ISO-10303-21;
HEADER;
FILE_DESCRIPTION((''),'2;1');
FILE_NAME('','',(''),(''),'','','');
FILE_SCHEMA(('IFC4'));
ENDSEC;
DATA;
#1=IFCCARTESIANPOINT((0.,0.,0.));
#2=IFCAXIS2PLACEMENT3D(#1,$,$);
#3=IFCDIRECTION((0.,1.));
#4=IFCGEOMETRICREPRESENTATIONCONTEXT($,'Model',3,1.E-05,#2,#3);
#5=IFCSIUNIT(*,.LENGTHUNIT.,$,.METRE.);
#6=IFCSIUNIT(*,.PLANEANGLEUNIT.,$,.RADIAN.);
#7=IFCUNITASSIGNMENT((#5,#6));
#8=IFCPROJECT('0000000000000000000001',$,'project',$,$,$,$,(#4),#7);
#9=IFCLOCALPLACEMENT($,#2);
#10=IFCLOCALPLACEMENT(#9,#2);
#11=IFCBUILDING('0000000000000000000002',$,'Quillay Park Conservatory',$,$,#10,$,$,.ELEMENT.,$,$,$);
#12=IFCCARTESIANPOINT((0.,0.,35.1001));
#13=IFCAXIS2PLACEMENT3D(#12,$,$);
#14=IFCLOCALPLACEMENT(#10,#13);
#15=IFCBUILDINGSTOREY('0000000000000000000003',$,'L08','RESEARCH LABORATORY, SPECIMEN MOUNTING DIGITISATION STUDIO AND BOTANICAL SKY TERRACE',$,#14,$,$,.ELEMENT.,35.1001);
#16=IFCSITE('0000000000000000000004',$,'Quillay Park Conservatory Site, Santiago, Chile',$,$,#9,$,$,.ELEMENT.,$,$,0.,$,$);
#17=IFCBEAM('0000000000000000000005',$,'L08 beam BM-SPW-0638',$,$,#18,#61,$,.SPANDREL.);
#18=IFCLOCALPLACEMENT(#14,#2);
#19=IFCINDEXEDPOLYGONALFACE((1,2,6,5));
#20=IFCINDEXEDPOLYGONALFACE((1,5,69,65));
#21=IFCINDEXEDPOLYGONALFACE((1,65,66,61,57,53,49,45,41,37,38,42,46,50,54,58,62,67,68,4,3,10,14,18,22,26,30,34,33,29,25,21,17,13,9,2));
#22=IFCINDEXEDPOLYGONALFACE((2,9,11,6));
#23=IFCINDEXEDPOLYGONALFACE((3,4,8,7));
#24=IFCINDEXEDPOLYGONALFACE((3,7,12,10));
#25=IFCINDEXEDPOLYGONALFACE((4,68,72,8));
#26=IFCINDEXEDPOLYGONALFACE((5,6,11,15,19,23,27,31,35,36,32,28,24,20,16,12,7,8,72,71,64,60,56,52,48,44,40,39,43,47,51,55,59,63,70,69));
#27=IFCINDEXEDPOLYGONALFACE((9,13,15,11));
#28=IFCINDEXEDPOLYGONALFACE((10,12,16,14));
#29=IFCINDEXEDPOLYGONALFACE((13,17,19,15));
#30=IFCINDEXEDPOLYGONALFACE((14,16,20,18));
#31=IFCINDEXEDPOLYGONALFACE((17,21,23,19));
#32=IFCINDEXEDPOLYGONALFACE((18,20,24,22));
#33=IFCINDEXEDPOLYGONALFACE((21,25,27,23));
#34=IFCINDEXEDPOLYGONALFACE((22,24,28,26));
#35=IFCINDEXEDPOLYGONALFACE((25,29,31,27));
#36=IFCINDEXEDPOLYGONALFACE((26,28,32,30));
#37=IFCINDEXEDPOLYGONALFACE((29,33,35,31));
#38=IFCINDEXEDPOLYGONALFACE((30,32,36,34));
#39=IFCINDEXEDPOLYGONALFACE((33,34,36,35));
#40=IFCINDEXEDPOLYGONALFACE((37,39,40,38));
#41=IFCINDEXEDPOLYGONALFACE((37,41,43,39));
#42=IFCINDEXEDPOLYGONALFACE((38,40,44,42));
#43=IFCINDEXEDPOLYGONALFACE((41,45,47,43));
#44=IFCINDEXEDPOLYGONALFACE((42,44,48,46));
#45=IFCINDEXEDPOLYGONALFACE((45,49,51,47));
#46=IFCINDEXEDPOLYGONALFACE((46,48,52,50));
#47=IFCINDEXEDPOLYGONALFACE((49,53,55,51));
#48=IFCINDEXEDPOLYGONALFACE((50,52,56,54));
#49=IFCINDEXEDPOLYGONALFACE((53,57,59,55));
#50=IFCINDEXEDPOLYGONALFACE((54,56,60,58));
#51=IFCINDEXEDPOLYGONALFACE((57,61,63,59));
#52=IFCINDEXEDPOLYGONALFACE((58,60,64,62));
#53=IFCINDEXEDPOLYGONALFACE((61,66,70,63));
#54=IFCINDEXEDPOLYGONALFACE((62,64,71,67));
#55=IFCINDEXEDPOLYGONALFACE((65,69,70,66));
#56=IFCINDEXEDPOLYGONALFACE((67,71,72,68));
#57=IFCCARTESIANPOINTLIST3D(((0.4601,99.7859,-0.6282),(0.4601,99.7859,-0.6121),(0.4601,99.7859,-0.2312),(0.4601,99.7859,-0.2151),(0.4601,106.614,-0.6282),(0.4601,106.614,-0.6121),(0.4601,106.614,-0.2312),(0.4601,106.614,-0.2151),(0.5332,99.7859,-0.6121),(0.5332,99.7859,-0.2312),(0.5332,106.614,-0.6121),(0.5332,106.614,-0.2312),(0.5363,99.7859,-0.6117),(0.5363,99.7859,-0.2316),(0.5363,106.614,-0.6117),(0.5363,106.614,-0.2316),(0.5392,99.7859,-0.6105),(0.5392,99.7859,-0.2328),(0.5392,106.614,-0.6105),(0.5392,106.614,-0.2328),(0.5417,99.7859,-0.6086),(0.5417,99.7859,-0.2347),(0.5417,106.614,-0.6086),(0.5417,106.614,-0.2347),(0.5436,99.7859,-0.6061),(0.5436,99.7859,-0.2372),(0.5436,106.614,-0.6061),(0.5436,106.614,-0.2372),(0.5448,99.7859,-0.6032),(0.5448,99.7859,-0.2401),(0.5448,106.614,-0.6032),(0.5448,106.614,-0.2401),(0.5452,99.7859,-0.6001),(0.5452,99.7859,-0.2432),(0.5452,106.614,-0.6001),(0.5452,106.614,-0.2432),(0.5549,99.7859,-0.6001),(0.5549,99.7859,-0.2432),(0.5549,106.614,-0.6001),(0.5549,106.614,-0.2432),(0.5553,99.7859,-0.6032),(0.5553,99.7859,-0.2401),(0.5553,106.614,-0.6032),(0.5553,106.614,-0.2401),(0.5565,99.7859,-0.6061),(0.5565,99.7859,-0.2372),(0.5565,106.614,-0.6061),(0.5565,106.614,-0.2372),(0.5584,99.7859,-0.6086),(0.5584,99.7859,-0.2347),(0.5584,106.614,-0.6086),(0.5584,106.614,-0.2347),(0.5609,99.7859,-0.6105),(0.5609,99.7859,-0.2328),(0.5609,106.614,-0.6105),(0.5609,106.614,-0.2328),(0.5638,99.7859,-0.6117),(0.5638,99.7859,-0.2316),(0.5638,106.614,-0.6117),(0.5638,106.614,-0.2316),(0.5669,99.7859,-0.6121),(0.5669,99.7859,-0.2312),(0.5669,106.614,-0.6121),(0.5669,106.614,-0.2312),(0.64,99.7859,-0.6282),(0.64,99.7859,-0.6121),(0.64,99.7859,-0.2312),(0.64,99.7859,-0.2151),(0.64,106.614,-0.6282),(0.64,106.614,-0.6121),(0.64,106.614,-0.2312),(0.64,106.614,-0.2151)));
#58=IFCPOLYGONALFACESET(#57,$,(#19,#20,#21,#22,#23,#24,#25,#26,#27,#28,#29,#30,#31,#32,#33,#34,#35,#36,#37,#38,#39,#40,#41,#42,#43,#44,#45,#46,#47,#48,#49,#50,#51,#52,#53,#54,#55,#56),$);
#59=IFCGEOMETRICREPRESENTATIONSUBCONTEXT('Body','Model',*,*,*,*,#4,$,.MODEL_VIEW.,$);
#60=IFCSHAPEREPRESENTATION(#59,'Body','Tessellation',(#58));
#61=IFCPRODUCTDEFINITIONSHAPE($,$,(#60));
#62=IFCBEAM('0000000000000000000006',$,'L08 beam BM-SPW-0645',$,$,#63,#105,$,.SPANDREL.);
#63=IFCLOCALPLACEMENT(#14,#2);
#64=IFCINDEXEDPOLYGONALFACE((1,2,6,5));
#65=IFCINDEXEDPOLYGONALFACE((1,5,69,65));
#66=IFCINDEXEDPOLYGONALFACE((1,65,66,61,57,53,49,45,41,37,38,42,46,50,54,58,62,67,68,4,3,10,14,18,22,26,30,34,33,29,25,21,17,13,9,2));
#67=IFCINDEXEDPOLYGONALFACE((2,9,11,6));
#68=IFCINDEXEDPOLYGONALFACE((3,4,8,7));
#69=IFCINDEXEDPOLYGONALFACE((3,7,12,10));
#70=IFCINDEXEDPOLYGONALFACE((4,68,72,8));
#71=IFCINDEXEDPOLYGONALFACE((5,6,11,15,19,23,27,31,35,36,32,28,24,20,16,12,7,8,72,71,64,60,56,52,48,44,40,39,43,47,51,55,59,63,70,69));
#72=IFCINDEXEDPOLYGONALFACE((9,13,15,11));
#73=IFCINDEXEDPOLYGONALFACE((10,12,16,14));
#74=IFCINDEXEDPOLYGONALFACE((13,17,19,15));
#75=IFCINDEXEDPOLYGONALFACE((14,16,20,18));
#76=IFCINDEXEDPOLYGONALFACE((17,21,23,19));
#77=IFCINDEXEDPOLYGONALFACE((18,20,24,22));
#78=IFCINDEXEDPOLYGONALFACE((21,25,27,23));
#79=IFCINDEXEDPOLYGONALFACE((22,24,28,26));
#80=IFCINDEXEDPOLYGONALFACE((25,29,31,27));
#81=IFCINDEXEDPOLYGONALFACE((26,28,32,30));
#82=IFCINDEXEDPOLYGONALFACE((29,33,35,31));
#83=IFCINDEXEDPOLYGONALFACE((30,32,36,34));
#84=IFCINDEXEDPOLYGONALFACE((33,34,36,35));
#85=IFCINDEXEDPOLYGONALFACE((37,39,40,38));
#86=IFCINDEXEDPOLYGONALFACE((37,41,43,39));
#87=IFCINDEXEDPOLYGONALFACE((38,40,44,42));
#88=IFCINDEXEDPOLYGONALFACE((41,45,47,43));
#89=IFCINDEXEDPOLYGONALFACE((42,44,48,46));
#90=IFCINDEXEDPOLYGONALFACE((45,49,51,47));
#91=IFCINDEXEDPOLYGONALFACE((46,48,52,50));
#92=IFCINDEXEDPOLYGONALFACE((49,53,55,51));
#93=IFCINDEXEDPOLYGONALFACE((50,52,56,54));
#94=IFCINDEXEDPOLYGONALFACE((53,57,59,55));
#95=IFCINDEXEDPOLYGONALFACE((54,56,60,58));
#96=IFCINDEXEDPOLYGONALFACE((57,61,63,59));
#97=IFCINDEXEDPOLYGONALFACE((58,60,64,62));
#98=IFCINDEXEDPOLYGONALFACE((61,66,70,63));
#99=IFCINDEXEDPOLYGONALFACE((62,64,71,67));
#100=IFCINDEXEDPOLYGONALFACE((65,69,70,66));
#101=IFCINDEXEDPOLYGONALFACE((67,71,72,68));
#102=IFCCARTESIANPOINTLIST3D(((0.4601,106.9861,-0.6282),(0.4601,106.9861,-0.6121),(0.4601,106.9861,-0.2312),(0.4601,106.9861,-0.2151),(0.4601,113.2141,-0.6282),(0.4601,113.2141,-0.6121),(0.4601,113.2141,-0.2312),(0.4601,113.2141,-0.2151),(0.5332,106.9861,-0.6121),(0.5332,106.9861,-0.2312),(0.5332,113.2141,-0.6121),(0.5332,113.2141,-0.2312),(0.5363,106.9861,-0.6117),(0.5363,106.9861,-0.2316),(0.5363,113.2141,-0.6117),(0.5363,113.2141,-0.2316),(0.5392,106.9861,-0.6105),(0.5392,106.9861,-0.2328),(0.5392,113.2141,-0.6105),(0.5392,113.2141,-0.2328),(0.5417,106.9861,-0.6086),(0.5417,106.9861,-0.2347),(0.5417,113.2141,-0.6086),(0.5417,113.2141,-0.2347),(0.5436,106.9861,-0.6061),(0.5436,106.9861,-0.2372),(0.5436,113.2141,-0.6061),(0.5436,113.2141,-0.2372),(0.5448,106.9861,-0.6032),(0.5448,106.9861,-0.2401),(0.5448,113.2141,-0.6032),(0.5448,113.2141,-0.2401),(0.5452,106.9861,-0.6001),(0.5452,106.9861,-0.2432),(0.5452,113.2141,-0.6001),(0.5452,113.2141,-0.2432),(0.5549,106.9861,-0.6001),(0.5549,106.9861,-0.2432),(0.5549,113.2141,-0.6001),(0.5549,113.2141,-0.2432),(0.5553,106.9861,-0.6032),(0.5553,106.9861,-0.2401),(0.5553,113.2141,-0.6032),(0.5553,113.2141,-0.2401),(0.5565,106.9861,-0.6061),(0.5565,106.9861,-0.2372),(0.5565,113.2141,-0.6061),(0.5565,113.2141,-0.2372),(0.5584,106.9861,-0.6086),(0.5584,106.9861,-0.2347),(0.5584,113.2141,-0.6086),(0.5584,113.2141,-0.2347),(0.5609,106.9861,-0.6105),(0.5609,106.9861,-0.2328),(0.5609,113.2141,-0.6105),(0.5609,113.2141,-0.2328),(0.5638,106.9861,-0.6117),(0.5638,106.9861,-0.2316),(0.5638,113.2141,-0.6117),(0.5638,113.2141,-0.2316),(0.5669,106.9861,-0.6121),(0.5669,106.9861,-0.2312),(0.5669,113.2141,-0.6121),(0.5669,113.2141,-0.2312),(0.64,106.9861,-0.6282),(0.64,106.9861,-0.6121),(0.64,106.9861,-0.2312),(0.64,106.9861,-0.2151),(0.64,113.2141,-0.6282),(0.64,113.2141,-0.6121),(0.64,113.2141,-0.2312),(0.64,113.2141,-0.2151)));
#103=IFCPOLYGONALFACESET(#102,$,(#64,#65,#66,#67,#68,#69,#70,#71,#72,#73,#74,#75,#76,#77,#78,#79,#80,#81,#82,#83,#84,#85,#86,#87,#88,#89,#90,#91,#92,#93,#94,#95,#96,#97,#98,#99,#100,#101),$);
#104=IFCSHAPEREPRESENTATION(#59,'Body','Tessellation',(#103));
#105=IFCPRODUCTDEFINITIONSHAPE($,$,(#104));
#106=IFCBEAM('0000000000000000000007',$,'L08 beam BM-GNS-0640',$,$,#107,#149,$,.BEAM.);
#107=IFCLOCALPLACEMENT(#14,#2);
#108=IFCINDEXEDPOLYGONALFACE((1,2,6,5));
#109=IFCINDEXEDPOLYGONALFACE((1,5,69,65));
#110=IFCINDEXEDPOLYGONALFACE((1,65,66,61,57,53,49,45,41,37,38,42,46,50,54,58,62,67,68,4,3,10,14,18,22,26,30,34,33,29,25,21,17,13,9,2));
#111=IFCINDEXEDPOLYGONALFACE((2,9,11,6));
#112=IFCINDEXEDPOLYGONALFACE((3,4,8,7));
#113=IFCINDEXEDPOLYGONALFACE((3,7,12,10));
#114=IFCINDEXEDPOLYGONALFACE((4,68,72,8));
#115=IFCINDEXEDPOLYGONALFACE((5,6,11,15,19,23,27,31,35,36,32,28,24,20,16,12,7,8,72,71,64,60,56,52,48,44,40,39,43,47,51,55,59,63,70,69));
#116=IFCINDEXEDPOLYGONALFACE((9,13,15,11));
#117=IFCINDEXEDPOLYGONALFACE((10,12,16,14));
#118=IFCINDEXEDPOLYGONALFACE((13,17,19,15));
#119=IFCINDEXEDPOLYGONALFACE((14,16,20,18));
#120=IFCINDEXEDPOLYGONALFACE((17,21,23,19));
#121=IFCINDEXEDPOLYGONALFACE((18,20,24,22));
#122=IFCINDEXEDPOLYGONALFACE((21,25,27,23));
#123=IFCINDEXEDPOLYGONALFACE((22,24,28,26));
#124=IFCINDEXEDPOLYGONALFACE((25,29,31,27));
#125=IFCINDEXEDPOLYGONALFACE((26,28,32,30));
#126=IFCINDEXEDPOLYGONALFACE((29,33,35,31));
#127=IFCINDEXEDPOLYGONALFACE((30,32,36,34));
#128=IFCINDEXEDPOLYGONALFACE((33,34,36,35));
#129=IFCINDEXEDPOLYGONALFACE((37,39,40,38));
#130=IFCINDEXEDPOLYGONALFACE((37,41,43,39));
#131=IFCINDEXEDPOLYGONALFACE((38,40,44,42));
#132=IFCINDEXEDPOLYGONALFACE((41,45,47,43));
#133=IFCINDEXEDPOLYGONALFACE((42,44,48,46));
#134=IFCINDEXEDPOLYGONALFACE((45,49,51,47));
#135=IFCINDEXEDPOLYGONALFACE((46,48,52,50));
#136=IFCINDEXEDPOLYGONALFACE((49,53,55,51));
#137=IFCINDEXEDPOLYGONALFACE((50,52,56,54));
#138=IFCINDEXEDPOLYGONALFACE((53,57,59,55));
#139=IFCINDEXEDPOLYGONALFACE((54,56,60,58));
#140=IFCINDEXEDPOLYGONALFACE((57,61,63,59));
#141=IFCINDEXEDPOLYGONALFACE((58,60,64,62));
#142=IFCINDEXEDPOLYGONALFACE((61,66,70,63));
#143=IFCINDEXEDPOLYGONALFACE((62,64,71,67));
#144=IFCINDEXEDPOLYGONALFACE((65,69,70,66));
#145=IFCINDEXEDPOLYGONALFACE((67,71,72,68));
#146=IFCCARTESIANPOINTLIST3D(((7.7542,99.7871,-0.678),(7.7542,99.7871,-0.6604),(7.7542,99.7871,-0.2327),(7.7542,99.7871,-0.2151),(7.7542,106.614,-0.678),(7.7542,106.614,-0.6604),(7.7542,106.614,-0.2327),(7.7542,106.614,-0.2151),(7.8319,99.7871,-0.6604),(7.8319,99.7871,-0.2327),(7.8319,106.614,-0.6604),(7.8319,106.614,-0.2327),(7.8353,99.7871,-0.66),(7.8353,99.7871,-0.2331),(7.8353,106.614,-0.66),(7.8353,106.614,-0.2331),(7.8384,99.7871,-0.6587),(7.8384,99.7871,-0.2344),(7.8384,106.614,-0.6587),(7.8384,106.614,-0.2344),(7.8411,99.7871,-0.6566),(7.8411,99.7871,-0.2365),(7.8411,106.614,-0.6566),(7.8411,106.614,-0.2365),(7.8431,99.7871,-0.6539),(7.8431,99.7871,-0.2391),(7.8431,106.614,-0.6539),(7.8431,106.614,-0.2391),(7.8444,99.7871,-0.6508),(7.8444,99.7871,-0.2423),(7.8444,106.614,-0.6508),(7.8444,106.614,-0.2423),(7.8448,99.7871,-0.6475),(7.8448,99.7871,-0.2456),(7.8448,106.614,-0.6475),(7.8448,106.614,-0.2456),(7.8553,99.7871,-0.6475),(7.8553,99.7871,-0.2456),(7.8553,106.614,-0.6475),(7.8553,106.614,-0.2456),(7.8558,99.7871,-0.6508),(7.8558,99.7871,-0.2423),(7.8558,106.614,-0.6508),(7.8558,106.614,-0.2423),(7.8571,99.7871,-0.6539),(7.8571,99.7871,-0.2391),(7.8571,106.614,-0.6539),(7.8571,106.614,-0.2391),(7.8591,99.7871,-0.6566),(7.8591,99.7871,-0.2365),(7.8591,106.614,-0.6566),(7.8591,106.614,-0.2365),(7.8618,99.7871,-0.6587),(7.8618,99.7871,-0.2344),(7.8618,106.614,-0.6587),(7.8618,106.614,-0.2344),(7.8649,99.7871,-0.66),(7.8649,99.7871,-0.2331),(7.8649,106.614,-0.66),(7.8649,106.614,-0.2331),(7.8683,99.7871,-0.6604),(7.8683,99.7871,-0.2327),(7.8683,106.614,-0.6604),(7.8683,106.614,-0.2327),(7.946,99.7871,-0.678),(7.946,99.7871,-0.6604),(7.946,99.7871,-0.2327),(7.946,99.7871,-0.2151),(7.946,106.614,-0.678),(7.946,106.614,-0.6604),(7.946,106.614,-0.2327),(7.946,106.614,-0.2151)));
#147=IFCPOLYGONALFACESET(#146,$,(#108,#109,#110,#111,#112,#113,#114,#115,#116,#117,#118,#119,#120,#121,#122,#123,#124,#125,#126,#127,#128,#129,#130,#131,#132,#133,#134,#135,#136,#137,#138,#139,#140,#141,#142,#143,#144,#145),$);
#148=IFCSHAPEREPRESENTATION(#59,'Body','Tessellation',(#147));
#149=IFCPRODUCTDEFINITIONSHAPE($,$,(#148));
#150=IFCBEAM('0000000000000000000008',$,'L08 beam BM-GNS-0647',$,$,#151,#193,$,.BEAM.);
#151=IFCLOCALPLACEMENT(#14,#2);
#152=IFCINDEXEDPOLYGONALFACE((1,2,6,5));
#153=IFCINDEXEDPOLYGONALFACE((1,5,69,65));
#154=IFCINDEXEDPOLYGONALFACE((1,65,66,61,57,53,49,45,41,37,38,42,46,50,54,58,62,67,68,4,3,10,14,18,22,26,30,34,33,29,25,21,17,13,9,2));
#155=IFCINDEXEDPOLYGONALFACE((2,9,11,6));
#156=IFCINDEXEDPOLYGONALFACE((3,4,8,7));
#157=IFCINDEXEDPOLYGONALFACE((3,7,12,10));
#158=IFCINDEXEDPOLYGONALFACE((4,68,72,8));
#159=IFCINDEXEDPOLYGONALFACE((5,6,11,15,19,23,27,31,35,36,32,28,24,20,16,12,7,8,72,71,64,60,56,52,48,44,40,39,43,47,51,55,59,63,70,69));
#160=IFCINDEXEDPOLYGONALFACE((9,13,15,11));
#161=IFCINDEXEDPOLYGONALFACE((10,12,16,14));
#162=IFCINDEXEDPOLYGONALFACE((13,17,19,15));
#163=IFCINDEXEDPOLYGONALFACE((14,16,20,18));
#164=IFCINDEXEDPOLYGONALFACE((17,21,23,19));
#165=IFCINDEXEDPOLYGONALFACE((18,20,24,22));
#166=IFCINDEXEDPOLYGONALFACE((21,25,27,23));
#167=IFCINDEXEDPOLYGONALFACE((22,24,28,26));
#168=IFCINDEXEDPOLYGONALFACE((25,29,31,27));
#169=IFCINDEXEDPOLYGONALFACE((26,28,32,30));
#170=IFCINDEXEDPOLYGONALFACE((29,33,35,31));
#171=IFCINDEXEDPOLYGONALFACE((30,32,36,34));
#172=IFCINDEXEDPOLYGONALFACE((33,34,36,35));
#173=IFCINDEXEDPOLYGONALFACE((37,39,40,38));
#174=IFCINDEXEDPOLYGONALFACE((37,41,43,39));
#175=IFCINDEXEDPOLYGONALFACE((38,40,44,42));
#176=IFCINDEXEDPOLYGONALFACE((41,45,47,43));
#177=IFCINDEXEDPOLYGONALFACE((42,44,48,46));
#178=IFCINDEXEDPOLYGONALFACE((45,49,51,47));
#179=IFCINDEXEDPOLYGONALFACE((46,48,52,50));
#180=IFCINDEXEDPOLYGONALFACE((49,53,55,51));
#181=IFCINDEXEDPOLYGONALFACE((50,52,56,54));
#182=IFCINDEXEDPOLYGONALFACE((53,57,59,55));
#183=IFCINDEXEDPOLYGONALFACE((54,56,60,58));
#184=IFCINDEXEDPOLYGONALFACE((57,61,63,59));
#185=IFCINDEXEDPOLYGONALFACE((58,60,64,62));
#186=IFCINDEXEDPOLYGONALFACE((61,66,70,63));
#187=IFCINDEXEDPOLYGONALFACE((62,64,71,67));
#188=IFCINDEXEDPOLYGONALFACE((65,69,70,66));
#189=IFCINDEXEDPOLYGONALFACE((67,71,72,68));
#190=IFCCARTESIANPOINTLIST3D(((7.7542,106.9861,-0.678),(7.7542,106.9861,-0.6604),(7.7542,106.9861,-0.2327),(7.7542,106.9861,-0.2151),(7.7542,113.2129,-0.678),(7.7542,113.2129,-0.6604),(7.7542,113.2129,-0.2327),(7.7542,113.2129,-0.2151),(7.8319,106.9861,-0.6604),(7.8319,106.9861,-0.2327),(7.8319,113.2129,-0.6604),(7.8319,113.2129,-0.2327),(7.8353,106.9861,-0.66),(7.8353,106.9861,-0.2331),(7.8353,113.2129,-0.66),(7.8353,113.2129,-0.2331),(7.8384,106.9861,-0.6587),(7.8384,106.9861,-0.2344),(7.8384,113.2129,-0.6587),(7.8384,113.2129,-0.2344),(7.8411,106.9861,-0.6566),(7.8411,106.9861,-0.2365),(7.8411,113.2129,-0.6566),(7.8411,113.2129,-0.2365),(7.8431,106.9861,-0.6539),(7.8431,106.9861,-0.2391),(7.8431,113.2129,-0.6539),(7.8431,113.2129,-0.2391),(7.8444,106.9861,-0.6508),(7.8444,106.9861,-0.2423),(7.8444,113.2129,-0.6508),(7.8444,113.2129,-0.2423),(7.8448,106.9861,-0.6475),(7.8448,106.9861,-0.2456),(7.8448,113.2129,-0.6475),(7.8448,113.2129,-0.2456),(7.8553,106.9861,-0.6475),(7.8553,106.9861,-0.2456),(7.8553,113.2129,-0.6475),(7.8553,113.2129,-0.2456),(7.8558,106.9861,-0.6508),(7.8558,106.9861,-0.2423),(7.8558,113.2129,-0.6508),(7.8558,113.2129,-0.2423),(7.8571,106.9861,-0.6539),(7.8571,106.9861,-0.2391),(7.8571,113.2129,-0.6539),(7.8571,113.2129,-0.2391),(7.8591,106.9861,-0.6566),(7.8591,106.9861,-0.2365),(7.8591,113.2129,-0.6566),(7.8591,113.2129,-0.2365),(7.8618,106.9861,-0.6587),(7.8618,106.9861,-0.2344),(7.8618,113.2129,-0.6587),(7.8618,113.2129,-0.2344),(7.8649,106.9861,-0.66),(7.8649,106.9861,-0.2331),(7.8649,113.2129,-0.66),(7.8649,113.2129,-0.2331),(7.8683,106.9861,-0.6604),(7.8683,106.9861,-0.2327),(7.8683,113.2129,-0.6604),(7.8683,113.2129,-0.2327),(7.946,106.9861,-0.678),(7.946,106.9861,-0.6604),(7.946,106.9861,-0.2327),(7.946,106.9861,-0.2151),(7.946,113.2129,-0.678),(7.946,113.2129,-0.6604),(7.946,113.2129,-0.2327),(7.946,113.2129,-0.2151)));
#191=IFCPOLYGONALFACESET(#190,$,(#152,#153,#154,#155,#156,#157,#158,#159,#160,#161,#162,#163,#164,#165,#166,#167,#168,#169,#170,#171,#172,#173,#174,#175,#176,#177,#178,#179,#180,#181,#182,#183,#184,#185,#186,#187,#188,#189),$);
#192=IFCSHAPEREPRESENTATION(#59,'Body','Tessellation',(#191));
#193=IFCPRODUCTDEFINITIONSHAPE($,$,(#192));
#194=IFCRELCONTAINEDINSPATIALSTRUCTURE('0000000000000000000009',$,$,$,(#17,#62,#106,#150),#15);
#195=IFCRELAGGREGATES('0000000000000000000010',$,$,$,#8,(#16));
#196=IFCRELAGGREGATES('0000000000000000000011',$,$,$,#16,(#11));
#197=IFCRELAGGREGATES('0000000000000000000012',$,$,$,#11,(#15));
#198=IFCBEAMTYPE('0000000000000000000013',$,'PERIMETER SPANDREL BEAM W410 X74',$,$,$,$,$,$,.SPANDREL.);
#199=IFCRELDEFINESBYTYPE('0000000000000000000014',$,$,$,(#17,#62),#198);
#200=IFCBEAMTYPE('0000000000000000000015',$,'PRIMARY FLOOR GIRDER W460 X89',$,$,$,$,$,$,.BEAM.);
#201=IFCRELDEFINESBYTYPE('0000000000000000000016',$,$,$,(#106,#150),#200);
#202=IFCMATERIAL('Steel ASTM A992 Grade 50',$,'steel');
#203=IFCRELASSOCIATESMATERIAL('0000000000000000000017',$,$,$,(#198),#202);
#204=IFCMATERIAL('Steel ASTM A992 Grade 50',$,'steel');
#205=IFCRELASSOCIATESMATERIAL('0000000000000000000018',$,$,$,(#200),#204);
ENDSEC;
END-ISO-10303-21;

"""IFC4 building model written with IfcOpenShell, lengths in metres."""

from ifc_helpers import new_model, si_unit, direction, frame, origin, origin_2d, place, context, subcontext, project, spatial, i_section, extrude, material, material_profile, profile_set, type_object, element, save


model = new_model("IFC4")

# Units and contexts
model_context = context("Model", 3, precision=1e-05, world=origin(), true_north=direction((0.0, 1.0)))
body_context = subcontext(model_context, "Body", "Model", "MODEL_VIEW")
ifc_project = project(units=[si_unit("LENGTHUNIT", "METRE"), si_unit("PLANEANGLEUNIT", "RADIAN")], contexts=[model_context])

# Site, building, storey
site_placement = place(None, origin())
site = spatial("IfcSite", under=ifc_project, at=site_placement, Name="Quillay Park Conservatory Site, Santiago, Chile", CompositionType="ELEMENT", RefElevation=0.0)
building_placement = place(site_placement, origin())
building = spatial("IfcBuilding", under=site, at=building_placement, Name="Quillay Park Conservatory", CompositionType="ELEMENT")
storey_placement = place(building_placement, frame((0.0, 0.0, 35.1001)))
storey = spatial("IfcBuildingStorey", under=building, at=storey_placement, Name="L08", Description="RESEARCH LABORATORY, SPECIMEN MOUNTING DIGITISATION STUDIO AND BOTANICAL SKY TERRACE", CompositionType="ELEMENT", Elevation=35.1001)

# Beams
ifc_material_1 = material(Name="Steel ASTM A992 Grade 50", Category="steel")
ifc_material_profile_1 = material_profile(ifc_material_1, i_section(OverallWidth=0.1799, OverallDepth=0.4131, WebThickness=0.0098, FlangeThickness=0.0161, FilletRadius=0.012, at=origin_2d()), Name="W410x74")
ifc_profile_set_1 = profile_set([ifc_material_profile_1], Name="Steel ASTM A992 Grade 50")
beam_type_1 = type_object("IfcBeamType", Name="PERIMETER SPANDREL BEAM W410 X74", PredefinedType="SPANDREL", material=ifc_profile_set_1)
beam_1_placement = place(storey_placement, frame((0.55, 99.7859, -0.4216), z_axis=(0.0, 1.0, 0.0), x_axis=(-1.0, 0.0, 0.0)))
element("IfcBeam", 1, at=beam_1_placement, inside=storey, type_object=beam_type_1, Name="L08 beam BM-SPW-0638", PredefinedType="SPANDREL", context=body_context, shape_type="SweptSolid", body=[
    extrude(i_section(OverallWidth=0.1799, OverallDepth=0.4131, WebThickness=0.0098, FlangeThickness=0.0161, FilletRadius=0.012, at=origin_2d()), origin(), (0.0, 0.0, 1.0), 6.8281),
])
beam_2_placement = place(storey_placement, frame((0.55, 106.9861, -0.4216), z_axis=(0.0, 1.0, 0.0), x_axis=(-1.0, 0.0, 0.0)))
element("IfcBeam", 2, at=beam_2_placement, inside=storey, type_object=beam_type_1, Name="L08 beam BM-SPW-0645", PredefinedType="SPANDREL", context=body_context, shape_type="SweptSolid", body=[
    extrude(i_section(OverallWidth=0.1799, OverallDepth=0.4131, WebThickness=0.0098, FlangeThickness=0.0161, FilletRadius=0.012, at=origin_2d()), origin(), (0.0, 0.0, 1.0), 6.228),
])
ifc_material_2 = material(Name="Steel ASTM A992 Grade 50", Category="steel")
ifc_material_profile_2 = material_profile(ifc_material_2, i_section(OverallWidth=0.1919, OverallDepth=0.4629, WebThickness=0.0105, FlangeThickness=0.0176, FilletRadius=0.0129, at=origin_2d()), Name="W460x89")
ifc_profile_set_2 = profile_set([ifc_material_profile_2], Name="Steel ASTM A992 Grade 50")
beam_type_2 = type_object("IfcBeamType", Name="PRIMARY FLOOR GIRDER W460 X89", PredefinedType="BEAM", material=ifc_profile_set_2)
beam_3_placement = place(storey_placement, frame((7.8501, 99.7871, -0.4465), z_axis=(0.0, 1.0, 0.0), x_axis=(-1.0, 0.0, 0.0)))
element("IfcBeam", 3, at=beam_3_placement, inside=storey, type_object=beam_type_2, Name="L08 beam BM-GNS-0640", PredefinedType="BEAM", context=body_context, shape_type="SweptSolid", body=[
    extrude(i_section(OverallWidth=0.1919, OverallDepth=0.4629, WebThickness=0.0105, FlangeThickness=0.0176, FilletRadius=0.0129, at=origin_2d()), origin(), (0.0, 0.0, 1.0), 6.8269),
])
beam_4_placement = place(storey_placement, frame((7.8501, 106.9861, -0.4465), z_axis=(0.0, 1.0, 0.0), x_axis=(-1.0, 0.0, 0.0)))
element("IfcBeam", 4, at=beam_4_placement, inside=storey, type_object=beam_type_2, Name="L08 beam BM-GNS-0647", PredefinedType="BEAM", context=body_context, shape_type="SweptSolid", body=[
    extrude(i_section(OverallWidth=0.1919, OverallDepth=0.4629, WebThickness=0.0105, FlangeThickness=0.0176, FilletRadius=0.0129, at=origin_2d()), origin(), (0.0, 0.0, 1.0), 6.2268),
])

save(model, "model.ifc")
